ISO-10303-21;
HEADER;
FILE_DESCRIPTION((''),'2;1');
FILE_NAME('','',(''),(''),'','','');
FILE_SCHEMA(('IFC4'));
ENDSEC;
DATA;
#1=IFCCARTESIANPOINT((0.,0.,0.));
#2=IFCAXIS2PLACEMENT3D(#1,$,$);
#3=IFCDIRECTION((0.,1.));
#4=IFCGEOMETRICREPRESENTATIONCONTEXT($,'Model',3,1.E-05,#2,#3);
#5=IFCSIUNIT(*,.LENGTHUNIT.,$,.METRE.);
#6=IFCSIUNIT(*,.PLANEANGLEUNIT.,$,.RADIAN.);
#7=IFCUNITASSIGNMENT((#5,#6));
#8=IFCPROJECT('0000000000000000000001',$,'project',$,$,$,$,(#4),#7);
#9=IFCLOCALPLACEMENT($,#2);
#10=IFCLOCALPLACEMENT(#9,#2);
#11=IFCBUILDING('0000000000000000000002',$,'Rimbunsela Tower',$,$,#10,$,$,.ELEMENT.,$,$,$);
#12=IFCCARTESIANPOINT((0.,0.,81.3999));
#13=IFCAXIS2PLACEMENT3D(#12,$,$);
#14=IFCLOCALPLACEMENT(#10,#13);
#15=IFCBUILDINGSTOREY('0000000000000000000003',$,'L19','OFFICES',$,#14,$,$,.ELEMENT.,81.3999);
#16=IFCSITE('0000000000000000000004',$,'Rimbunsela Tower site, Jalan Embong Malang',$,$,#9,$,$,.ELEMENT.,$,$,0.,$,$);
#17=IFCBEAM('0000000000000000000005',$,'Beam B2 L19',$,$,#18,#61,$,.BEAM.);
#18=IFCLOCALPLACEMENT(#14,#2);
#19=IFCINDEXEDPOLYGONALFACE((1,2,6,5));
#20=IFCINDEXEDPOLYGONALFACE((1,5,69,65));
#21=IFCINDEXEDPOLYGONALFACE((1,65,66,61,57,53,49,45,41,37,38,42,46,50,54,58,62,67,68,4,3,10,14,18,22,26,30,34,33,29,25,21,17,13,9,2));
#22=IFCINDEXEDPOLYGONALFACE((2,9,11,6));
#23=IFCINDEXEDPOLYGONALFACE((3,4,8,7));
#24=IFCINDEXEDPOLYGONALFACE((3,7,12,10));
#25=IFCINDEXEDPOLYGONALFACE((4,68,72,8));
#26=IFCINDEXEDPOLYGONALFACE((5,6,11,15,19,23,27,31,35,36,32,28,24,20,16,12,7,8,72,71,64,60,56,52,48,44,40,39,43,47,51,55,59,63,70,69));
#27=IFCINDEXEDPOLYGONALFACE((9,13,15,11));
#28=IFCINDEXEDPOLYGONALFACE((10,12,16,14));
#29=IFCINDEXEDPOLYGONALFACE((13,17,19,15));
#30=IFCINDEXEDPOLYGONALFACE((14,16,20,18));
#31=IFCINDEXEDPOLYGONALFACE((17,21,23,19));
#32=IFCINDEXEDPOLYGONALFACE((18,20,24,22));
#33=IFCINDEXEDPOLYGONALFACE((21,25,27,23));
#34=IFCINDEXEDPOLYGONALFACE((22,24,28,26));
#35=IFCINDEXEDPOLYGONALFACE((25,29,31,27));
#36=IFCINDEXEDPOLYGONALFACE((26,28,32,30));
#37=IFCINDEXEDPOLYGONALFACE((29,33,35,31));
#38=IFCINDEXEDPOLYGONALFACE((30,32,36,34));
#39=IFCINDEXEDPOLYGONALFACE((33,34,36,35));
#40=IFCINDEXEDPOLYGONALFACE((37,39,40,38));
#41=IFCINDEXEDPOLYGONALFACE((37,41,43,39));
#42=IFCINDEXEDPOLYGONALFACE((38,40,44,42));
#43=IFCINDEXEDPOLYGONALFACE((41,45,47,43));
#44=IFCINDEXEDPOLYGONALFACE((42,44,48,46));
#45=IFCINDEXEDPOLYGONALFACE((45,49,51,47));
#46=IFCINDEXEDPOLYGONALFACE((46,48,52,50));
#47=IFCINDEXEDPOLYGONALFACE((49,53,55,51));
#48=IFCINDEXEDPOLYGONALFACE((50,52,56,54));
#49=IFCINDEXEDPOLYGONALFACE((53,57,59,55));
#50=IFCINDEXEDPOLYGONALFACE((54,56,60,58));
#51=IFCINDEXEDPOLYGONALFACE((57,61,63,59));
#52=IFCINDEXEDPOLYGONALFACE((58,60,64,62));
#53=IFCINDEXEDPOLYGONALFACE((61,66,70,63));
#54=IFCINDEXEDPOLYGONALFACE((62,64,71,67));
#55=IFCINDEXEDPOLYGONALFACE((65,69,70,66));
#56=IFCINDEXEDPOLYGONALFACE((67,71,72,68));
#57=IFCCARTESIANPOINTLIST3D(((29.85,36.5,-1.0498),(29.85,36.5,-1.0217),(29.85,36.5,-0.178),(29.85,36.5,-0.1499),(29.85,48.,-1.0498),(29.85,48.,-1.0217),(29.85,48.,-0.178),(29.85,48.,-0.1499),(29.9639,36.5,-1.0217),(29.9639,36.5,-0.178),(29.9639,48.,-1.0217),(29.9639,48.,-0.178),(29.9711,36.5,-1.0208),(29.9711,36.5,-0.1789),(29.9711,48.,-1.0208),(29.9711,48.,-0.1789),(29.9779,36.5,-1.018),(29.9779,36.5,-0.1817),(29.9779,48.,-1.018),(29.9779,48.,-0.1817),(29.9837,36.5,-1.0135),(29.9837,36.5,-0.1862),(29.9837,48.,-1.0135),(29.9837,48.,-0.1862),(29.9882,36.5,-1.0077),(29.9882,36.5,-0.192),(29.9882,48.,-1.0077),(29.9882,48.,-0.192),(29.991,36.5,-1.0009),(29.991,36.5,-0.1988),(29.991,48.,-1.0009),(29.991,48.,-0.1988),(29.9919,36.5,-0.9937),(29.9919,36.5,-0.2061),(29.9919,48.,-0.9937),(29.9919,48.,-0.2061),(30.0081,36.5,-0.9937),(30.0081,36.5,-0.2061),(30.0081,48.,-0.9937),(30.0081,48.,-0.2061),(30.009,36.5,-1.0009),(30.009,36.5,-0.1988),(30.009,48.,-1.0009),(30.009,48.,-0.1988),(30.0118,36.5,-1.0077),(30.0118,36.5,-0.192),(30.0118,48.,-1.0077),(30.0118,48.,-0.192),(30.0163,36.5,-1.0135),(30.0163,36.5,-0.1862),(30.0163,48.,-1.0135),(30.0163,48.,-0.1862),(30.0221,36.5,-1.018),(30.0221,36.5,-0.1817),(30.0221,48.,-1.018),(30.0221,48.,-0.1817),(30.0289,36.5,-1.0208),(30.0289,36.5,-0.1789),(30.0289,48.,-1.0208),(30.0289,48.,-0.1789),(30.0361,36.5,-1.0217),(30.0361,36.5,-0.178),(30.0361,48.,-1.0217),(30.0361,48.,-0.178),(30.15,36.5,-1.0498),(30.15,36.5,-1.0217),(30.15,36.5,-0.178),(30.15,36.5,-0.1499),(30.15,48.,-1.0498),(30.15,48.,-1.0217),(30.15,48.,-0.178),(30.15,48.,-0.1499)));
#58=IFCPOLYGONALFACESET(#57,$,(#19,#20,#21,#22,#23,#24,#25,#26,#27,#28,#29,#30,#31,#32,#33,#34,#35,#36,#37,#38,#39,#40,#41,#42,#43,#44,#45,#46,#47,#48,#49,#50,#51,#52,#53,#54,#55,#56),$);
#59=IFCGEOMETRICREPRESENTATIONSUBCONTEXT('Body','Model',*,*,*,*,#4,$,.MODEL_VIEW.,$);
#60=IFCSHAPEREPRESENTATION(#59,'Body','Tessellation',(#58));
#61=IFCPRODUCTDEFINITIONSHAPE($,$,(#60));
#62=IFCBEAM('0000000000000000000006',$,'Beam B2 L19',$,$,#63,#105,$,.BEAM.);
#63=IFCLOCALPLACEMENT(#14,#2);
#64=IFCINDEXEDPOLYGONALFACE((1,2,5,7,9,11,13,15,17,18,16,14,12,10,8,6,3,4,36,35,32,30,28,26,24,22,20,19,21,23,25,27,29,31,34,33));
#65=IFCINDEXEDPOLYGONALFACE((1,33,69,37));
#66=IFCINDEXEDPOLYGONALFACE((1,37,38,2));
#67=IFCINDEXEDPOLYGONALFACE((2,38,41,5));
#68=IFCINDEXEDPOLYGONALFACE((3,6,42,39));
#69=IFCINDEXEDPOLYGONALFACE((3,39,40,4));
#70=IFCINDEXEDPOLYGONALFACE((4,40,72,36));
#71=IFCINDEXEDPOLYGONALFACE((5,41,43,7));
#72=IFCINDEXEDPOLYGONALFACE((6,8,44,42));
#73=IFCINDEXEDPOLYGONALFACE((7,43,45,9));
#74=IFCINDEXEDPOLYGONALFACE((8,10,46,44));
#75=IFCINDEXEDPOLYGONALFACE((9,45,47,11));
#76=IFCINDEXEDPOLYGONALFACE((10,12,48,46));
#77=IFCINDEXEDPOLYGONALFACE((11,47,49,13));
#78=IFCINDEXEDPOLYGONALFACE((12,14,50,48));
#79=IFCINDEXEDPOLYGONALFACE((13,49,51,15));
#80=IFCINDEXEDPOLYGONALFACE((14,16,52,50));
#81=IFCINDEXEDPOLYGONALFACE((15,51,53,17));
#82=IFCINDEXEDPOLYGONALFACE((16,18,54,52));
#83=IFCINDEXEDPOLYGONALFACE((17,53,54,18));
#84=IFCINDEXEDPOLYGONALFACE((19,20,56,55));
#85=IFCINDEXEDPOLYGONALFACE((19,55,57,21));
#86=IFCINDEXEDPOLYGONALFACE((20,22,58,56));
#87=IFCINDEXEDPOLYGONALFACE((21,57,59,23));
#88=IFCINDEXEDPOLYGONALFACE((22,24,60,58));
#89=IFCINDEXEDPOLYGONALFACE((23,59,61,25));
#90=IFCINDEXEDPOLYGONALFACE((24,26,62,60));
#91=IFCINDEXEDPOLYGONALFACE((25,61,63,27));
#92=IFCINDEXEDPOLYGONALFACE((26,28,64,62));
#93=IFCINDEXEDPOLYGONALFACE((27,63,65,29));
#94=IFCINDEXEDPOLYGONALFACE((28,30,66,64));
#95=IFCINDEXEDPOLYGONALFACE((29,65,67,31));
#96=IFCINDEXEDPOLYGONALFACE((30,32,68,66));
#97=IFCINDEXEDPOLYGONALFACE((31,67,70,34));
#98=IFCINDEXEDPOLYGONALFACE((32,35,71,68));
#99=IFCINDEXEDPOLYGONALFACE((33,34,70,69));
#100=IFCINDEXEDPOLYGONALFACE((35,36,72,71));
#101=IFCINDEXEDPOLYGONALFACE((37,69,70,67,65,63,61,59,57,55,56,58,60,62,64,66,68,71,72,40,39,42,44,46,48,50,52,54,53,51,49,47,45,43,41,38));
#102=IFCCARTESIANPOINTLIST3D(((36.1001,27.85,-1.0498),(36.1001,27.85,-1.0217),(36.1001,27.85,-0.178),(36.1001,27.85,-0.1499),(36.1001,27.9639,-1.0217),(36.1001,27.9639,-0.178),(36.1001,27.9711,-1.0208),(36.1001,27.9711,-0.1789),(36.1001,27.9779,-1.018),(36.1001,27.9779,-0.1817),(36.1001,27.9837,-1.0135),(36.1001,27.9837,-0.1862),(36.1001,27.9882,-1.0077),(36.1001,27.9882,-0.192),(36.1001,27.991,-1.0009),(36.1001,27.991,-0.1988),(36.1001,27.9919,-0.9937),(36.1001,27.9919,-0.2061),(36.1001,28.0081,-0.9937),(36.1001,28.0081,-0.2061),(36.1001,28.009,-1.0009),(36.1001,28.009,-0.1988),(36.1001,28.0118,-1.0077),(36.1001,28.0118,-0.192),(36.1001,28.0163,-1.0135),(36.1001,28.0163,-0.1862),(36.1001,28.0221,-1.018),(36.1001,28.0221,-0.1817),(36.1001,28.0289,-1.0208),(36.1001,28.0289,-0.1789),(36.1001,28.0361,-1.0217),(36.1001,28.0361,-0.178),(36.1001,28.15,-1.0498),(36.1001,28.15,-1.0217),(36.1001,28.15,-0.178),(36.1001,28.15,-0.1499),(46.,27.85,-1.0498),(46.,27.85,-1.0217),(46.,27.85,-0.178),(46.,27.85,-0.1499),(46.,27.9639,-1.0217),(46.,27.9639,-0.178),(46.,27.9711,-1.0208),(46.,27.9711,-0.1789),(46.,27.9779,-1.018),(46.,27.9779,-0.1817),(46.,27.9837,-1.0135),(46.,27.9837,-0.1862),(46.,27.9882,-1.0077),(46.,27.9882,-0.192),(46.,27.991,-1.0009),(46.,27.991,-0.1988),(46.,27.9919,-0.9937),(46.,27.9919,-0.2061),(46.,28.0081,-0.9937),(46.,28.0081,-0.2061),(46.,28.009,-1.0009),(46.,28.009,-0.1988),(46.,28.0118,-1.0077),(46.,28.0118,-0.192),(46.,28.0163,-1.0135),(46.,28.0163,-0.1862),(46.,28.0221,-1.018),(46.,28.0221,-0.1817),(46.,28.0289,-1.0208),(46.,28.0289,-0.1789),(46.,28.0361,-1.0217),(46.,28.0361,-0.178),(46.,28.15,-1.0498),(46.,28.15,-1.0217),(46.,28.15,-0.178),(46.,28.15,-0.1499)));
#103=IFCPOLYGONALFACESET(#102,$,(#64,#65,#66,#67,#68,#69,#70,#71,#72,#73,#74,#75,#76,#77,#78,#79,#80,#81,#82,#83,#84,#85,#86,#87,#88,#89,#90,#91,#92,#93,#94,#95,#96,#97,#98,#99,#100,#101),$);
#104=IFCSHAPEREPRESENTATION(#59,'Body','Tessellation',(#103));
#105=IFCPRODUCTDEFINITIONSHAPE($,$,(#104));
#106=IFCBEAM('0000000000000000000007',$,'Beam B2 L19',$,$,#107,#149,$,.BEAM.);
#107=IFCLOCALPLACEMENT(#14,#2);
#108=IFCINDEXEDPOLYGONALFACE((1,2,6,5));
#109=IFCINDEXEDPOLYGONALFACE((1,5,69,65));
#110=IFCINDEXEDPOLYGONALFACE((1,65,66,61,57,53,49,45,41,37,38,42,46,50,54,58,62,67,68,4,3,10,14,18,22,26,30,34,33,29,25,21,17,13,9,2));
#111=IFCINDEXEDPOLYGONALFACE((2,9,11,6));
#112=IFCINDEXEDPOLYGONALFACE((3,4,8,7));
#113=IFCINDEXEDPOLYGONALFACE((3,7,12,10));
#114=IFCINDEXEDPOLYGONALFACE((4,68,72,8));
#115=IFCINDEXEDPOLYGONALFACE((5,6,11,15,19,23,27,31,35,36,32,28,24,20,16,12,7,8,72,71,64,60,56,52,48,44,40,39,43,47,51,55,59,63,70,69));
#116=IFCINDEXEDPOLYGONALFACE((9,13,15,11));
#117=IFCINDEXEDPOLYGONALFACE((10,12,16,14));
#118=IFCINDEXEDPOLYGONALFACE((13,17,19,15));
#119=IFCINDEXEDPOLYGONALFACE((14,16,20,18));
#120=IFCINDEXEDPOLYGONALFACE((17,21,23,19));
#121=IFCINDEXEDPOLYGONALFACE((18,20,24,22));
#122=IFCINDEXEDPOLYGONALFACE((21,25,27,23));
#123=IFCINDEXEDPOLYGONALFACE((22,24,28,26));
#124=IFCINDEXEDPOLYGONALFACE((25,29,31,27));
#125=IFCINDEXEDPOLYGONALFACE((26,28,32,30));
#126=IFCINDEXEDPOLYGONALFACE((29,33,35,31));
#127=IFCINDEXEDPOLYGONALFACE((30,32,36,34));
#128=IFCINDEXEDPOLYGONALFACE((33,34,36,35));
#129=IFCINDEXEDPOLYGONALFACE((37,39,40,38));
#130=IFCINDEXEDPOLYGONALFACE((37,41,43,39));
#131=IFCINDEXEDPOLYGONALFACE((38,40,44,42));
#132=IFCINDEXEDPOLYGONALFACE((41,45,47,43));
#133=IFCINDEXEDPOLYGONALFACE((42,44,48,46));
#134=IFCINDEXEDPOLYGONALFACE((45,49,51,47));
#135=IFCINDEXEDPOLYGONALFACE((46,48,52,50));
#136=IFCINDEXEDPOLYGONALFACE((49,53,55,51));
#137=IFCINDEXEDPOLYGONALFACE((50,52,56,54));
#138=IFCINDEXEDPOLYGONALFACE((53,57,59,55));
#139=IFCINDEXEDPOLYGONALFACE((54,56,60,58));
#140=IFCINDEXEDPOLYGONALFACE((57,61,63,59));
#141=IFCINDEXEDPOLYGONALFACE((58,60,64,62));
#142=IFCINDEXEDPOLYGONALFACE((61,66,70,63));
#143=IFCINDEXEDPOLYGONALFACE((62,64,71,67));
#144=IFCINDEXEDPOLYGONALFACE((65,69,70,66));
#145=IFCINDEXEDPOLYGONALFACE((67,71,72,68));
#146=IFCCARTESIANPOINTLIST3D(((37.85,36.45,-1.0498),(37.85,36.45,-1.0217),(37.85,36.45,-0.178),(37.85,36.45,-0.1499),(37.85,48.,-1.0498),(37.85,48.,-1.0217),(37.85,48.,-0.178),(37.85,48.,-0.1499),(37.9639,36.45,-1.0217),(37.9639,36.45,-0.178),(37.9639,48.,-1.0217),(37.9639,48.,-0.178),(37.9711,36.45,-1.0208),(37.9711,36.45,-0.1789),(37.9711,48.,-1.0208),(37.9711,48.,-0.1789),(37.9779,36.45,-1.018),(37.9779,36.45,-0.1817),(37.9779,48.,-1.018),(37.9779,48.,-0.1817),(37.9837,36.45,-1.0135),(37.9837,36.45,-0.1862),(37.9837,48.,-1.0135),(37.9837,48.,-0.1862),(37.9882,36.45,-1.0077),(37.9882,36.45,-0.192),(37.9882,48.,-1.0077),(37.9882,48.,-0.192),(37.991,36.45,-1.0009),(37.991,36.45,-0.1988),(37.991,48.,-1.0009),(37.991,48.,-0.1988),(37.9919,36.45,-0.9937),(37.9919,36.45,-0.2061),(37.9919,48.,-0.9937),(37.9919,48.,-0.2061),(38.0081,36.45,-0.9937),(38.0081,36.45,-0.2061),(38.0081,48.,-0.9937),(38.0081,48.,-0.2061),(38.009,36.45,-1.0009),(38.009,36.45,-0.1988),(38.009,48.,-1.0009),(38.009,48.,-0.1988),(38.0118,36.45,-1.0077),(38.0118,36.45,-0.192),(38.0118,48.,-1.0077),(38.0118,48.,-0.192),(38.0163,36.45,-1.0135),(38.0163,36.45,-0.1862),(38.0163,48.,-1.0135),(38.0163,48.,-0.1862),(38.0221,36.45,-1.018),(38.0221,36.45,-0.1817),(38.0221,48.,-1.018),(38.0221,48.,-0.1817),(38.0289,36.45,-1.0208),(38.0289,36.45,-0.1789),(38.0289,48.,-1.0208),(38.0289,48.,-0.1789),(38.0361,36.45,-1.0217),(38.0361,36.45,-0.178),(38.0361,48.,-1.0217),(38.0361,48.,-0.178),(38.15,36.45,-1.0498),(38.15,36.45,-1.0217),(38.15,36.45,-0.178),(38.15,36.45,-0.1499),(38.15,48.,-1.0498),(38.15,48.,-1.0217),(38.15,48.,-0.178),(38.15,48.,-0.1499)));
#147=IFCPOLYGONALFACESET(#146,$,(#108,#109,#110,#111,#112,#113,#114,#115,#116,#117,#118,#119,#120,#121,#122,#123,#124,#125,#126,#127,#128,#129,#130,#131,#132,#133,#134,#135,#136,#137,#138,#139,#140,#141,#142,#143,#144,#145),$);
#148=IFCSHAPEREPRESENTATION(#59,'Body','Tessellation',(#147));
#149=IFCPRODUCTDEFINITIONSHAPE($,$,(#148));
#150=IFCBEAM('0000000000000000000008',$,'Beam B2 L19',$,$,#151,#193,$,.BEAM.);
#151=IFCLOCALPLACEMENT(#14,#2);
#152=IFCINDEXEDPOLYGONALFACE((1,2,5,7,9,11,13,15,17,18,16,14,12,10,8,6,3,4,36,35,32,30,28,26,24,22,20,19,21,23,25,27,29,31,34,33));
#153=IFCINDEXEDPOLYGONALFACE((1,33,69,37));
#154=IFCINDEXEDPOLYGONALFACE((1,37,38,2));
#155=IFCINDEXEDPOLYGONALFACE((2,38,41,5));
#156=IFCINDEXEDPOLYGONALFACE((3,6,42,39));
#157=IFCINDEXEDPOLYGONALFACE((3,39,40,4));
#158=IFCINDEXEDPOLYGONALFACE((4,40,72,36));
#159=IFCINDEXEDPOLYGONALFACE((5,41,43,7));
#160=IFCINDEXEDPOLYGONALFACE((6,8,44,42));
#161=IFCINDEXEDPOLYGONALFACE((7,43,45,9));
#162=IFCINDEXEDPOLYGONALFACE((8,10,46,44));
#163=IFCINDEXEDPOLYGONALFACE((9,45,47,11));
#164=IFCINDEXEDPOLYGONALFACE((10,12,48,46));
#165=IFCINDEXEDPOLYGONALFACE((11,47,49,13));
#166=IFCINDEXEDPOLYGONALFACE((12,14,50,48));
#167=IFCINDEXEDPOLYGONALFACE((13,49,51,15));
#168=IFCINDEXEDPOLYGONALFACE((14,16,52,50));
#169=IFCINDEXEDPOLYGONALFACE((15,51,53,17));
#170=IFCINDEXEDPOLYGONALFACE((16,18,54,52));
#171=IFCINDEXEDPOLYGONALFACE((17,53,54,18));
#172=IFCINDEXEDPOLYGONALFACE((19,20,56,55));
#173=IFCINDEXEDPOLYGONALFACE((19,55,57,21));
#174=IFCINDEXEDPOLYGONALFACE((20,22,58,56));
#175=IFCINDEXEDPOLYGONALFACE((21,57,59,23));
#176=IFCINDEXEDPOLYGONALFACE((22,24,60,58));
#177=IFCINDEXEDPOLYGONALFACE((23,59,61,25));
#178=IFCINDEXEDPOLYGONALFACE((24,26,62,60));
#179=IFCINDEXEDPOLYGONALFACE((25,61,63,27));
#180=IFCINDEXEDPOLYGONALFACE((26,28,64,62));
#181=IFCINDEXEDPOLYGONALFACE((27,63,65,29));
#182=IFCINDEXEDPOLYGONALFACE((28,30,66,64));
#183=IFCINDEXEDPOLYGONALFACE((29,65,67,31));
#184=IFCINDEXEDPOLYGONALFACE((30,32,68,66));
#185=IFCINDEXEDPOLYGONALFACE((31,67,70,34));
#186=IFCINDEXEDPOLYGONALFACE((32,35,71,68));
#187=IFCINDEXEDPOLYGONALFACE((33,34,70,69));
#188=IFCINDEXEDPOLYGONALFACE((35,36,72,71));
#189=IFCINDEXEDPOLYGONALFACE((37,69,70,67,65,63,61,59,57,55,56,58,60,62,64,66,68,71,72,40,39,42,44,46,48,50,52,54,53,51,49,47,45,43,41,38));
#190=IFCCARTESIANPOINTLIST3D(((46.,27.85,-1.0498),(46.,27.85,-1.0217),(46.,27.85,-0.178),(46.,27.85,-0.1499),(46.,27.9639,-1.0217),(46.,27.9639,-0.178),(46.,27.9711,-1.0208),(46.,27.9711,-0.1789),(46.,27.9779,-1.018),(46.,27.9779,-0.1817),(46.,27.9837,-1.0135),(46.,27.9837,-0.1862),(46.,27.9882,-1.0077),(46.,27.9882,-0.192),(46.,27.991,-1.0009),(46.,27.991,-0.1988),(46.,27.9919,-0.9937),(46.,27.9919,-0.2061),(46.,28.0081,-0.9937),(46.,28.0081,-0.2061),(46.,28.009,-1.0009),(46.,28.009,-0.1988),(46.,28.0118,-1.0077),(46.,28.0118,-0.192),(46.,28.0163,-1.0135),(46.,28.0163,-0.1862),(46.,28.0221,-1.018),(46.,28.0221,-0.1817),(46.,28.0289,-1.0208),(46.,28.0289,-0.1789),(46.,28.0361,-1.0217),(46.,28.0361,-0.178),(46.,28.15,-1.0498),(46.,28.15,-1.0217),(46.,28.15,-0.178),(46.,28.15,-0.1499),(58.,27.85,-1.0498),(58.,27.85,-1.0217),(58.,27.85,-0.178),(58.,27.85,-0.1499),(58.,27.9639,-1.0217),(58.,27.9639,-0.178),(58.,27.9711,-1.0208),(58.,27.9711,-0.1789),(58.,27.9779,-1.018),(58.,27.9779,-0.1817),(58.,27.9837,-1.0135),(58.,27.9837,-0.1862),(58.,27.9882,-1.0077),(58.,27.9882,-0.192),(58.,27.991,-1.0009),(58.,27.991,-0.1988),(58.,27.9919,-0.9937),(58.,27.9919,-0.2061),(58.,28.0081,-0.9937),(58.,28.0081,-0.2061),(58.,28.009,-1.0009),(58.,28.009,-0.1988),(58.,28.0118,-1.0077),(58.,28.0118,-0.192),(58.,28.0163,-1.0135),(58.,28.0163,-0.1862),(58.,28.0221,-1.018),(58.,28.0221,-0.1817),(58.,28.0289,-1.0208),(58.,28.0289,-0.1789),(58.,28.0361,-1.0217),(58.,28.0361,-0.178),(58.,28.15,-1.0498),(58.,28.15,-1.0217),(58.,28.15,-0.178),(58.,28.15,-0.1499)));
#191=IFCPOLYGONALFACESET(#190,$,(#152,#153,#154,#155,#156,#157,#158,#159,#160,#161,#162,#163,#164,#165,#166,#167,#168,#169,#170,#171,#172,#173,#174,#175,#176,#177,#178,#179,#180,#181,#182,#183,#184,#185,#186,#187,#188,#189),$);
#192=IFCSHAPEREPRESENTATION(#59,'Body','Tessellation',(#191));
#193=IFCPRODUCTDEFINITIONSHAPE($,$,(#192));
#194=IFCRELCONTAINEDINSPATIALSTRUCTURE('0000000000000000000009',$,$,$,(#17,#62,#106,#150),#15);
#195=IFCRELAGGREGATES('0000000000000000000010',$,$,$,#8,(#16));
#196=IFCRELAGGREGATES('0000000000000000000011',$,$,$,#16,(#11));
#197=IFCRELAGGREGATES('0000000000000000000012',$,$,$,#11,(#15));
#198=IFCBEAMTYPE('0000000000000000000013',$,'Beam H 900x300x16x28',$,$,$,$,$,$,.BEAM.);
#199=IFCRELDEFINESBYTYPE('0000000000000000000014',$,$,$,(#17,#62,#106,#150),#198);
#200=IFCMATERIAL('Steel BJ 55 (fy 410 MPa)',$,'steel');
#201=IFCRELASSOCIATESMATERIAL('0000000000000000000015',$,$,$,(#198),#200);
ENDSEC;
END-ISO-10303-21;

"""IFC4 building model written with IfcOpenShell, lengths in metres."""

from ifc_helpers import new_model, si_unit, direction, frame, origin, origin_2d, place, context, subcontext, project, spatial, i_section, extrude, material, material_profile, profile_set, type_object, element, save


model = new_model("IFC4")

# Units and contexts
model_context = context("Model", 3, precision=1e-05, world=origin(), true_north=direction((0.0, 1.0)))
body_context = subcontext(model_context, "Body", "Model", "MODEL_VIEW")
ifc_project = project(units=[si_unit("LENGTHUNIT", "METRE"), si_unit("PLANEANGLEUNIT", "RADIAN")], contexts=[model_context])

# Site, building, storey
site_placement = place(None, origin())
site = spatial("IfcSite", under=ifc_project, at=site_placement, Name="Rimbunsela Tower site, Jalan Embong Malang", CompositionType="ELEMENT", RefElevation=0.0)
building_placement = place(site_placement, origin())
building = spatial("IfcBuilding", under=site, at=building_placement, Name="Rimbunsela Tower", CompositionType="ELEMENT")
storey_placement = place(building_placement, frame((0.0, 0.0, 81.3999)))
storey = spatial("IfcBuildingStorey", under=building, at=storey_placement, Name="L19", Description="OFFICES", CompositionType="ELEMENT", Elevation=81.3999)

# Beams
ifc_material_1 = material(Name="Steel BJ 55 (fy 410 MPa)", Category="steel")
ifc_material_profile_1 = material_profile(ifc_material_1, i_section(OverallWidth=0.3, OverallDepth=0.8999, WebThickness=0.0161, FlangeThickness=0.0281, FilletRadius=0.0281, at=origin_2d()), Name="H 900x300x16x28")
ifc_profile_set_1 = profile_set([ifc_material_profile_1], Name="Steel BJ 55 (fy 410 MPa)")
beam_type_1 = type_object("IfcBeamType", Name="Beam H 900x300x16x28", PredefinedType="BEAM", material=ifc_profile_set_1)
beam_1_placement = place(storey_placement, frame((30.0, 36.5, -0.5999), z_axis=(0.0, 1.0, 0.0), x_axis=(-1.0, 0.0, 0.0)))
element("IfcBeam", 1, at=beam_1_placement, inside=storey, type_object=beam_type_1, Name="Beam B2 L19", PredefinedType="BEAM", context=body_context, shape_type="SweptSolid", body=[
    extrude(i_section(OverallWidth=0.3, OverallDepth=0.8999, WebThickness=0.0161, FlangeThickness=0.0281, FilletRadius=0.0281, at=origin_2d()), origin(), (0.0, 0.0, 1.0), 11.5),
])
beam_2_placement = place(storey_placement, frame((36.1001, 28.0, -0.5999), z_axis=(1.0, 0.0, 0.0), x_axis=(0.0, 1.0, 0.0)))
element("IfcBeam", 2, at=beam_2_placement, inside=storey, type_object=beam_type_1, Name="Beam B2 L19", PredefinedType="BEAM", context=body_context, shape_type="SweptSolid", body=[
    extrude(i_section(OverallWidth=0.3, OverallDepth=0.8999, WebThickness=0.0161, FlangeThickness=0.0281, FilletRadius=0.0281, at=origin_2d()), origin(), (0.0, 0.0, 1.0), 9.8999),
])
beam_3_placement = place(storey_placement, frame((38.0, 36.45, -0.5999), z_axis=(0.0, 1.0, 0.0), x_axis=(-1.0, 0.0, 0.0)))
element("IfcBeam", 3, at=beam_3_placement, inside=storey, type_object=beam_type_1, Name="Beam B2 L19", PredefinedType="BEAM", context=body_context, shape_type="SweptSolid", body=[
    extrude(i_section(OverallWidth=0.3, OverallDepth=0.8999, WebThickness=0.0161, FlangeThickness=0.0281, FilletRadius=0.0281, at=origin_2d()), origin(), (0.0, 0.0, 1.0), 11.55),
])
beam_4_placement = place(storey_placement, frame((46.0, 28.0, -0.5999), z_axis=(1.0, 0.0, 0.0), x_axis=(0.0, 1.0, 0.0)))
element("IfcBeam", 4, at=beam_4_placement, inside=storey, type_object=beam_type_1, Name="Beam B2 L19", PredefinedType="BEAM", context=body_context, shape_type="SweptSolid", body=[
    extrude(i_section(OverallWidth=0.3, OverallDepth=0.8999, WebThickness=0.0161, FlangeThickness=0.0281, FilletRadius=0.0281, at=origin_2d()), origin(), (0.0, 0.0, 1.0), 12.0),
])

save(model, "model.ifc")
